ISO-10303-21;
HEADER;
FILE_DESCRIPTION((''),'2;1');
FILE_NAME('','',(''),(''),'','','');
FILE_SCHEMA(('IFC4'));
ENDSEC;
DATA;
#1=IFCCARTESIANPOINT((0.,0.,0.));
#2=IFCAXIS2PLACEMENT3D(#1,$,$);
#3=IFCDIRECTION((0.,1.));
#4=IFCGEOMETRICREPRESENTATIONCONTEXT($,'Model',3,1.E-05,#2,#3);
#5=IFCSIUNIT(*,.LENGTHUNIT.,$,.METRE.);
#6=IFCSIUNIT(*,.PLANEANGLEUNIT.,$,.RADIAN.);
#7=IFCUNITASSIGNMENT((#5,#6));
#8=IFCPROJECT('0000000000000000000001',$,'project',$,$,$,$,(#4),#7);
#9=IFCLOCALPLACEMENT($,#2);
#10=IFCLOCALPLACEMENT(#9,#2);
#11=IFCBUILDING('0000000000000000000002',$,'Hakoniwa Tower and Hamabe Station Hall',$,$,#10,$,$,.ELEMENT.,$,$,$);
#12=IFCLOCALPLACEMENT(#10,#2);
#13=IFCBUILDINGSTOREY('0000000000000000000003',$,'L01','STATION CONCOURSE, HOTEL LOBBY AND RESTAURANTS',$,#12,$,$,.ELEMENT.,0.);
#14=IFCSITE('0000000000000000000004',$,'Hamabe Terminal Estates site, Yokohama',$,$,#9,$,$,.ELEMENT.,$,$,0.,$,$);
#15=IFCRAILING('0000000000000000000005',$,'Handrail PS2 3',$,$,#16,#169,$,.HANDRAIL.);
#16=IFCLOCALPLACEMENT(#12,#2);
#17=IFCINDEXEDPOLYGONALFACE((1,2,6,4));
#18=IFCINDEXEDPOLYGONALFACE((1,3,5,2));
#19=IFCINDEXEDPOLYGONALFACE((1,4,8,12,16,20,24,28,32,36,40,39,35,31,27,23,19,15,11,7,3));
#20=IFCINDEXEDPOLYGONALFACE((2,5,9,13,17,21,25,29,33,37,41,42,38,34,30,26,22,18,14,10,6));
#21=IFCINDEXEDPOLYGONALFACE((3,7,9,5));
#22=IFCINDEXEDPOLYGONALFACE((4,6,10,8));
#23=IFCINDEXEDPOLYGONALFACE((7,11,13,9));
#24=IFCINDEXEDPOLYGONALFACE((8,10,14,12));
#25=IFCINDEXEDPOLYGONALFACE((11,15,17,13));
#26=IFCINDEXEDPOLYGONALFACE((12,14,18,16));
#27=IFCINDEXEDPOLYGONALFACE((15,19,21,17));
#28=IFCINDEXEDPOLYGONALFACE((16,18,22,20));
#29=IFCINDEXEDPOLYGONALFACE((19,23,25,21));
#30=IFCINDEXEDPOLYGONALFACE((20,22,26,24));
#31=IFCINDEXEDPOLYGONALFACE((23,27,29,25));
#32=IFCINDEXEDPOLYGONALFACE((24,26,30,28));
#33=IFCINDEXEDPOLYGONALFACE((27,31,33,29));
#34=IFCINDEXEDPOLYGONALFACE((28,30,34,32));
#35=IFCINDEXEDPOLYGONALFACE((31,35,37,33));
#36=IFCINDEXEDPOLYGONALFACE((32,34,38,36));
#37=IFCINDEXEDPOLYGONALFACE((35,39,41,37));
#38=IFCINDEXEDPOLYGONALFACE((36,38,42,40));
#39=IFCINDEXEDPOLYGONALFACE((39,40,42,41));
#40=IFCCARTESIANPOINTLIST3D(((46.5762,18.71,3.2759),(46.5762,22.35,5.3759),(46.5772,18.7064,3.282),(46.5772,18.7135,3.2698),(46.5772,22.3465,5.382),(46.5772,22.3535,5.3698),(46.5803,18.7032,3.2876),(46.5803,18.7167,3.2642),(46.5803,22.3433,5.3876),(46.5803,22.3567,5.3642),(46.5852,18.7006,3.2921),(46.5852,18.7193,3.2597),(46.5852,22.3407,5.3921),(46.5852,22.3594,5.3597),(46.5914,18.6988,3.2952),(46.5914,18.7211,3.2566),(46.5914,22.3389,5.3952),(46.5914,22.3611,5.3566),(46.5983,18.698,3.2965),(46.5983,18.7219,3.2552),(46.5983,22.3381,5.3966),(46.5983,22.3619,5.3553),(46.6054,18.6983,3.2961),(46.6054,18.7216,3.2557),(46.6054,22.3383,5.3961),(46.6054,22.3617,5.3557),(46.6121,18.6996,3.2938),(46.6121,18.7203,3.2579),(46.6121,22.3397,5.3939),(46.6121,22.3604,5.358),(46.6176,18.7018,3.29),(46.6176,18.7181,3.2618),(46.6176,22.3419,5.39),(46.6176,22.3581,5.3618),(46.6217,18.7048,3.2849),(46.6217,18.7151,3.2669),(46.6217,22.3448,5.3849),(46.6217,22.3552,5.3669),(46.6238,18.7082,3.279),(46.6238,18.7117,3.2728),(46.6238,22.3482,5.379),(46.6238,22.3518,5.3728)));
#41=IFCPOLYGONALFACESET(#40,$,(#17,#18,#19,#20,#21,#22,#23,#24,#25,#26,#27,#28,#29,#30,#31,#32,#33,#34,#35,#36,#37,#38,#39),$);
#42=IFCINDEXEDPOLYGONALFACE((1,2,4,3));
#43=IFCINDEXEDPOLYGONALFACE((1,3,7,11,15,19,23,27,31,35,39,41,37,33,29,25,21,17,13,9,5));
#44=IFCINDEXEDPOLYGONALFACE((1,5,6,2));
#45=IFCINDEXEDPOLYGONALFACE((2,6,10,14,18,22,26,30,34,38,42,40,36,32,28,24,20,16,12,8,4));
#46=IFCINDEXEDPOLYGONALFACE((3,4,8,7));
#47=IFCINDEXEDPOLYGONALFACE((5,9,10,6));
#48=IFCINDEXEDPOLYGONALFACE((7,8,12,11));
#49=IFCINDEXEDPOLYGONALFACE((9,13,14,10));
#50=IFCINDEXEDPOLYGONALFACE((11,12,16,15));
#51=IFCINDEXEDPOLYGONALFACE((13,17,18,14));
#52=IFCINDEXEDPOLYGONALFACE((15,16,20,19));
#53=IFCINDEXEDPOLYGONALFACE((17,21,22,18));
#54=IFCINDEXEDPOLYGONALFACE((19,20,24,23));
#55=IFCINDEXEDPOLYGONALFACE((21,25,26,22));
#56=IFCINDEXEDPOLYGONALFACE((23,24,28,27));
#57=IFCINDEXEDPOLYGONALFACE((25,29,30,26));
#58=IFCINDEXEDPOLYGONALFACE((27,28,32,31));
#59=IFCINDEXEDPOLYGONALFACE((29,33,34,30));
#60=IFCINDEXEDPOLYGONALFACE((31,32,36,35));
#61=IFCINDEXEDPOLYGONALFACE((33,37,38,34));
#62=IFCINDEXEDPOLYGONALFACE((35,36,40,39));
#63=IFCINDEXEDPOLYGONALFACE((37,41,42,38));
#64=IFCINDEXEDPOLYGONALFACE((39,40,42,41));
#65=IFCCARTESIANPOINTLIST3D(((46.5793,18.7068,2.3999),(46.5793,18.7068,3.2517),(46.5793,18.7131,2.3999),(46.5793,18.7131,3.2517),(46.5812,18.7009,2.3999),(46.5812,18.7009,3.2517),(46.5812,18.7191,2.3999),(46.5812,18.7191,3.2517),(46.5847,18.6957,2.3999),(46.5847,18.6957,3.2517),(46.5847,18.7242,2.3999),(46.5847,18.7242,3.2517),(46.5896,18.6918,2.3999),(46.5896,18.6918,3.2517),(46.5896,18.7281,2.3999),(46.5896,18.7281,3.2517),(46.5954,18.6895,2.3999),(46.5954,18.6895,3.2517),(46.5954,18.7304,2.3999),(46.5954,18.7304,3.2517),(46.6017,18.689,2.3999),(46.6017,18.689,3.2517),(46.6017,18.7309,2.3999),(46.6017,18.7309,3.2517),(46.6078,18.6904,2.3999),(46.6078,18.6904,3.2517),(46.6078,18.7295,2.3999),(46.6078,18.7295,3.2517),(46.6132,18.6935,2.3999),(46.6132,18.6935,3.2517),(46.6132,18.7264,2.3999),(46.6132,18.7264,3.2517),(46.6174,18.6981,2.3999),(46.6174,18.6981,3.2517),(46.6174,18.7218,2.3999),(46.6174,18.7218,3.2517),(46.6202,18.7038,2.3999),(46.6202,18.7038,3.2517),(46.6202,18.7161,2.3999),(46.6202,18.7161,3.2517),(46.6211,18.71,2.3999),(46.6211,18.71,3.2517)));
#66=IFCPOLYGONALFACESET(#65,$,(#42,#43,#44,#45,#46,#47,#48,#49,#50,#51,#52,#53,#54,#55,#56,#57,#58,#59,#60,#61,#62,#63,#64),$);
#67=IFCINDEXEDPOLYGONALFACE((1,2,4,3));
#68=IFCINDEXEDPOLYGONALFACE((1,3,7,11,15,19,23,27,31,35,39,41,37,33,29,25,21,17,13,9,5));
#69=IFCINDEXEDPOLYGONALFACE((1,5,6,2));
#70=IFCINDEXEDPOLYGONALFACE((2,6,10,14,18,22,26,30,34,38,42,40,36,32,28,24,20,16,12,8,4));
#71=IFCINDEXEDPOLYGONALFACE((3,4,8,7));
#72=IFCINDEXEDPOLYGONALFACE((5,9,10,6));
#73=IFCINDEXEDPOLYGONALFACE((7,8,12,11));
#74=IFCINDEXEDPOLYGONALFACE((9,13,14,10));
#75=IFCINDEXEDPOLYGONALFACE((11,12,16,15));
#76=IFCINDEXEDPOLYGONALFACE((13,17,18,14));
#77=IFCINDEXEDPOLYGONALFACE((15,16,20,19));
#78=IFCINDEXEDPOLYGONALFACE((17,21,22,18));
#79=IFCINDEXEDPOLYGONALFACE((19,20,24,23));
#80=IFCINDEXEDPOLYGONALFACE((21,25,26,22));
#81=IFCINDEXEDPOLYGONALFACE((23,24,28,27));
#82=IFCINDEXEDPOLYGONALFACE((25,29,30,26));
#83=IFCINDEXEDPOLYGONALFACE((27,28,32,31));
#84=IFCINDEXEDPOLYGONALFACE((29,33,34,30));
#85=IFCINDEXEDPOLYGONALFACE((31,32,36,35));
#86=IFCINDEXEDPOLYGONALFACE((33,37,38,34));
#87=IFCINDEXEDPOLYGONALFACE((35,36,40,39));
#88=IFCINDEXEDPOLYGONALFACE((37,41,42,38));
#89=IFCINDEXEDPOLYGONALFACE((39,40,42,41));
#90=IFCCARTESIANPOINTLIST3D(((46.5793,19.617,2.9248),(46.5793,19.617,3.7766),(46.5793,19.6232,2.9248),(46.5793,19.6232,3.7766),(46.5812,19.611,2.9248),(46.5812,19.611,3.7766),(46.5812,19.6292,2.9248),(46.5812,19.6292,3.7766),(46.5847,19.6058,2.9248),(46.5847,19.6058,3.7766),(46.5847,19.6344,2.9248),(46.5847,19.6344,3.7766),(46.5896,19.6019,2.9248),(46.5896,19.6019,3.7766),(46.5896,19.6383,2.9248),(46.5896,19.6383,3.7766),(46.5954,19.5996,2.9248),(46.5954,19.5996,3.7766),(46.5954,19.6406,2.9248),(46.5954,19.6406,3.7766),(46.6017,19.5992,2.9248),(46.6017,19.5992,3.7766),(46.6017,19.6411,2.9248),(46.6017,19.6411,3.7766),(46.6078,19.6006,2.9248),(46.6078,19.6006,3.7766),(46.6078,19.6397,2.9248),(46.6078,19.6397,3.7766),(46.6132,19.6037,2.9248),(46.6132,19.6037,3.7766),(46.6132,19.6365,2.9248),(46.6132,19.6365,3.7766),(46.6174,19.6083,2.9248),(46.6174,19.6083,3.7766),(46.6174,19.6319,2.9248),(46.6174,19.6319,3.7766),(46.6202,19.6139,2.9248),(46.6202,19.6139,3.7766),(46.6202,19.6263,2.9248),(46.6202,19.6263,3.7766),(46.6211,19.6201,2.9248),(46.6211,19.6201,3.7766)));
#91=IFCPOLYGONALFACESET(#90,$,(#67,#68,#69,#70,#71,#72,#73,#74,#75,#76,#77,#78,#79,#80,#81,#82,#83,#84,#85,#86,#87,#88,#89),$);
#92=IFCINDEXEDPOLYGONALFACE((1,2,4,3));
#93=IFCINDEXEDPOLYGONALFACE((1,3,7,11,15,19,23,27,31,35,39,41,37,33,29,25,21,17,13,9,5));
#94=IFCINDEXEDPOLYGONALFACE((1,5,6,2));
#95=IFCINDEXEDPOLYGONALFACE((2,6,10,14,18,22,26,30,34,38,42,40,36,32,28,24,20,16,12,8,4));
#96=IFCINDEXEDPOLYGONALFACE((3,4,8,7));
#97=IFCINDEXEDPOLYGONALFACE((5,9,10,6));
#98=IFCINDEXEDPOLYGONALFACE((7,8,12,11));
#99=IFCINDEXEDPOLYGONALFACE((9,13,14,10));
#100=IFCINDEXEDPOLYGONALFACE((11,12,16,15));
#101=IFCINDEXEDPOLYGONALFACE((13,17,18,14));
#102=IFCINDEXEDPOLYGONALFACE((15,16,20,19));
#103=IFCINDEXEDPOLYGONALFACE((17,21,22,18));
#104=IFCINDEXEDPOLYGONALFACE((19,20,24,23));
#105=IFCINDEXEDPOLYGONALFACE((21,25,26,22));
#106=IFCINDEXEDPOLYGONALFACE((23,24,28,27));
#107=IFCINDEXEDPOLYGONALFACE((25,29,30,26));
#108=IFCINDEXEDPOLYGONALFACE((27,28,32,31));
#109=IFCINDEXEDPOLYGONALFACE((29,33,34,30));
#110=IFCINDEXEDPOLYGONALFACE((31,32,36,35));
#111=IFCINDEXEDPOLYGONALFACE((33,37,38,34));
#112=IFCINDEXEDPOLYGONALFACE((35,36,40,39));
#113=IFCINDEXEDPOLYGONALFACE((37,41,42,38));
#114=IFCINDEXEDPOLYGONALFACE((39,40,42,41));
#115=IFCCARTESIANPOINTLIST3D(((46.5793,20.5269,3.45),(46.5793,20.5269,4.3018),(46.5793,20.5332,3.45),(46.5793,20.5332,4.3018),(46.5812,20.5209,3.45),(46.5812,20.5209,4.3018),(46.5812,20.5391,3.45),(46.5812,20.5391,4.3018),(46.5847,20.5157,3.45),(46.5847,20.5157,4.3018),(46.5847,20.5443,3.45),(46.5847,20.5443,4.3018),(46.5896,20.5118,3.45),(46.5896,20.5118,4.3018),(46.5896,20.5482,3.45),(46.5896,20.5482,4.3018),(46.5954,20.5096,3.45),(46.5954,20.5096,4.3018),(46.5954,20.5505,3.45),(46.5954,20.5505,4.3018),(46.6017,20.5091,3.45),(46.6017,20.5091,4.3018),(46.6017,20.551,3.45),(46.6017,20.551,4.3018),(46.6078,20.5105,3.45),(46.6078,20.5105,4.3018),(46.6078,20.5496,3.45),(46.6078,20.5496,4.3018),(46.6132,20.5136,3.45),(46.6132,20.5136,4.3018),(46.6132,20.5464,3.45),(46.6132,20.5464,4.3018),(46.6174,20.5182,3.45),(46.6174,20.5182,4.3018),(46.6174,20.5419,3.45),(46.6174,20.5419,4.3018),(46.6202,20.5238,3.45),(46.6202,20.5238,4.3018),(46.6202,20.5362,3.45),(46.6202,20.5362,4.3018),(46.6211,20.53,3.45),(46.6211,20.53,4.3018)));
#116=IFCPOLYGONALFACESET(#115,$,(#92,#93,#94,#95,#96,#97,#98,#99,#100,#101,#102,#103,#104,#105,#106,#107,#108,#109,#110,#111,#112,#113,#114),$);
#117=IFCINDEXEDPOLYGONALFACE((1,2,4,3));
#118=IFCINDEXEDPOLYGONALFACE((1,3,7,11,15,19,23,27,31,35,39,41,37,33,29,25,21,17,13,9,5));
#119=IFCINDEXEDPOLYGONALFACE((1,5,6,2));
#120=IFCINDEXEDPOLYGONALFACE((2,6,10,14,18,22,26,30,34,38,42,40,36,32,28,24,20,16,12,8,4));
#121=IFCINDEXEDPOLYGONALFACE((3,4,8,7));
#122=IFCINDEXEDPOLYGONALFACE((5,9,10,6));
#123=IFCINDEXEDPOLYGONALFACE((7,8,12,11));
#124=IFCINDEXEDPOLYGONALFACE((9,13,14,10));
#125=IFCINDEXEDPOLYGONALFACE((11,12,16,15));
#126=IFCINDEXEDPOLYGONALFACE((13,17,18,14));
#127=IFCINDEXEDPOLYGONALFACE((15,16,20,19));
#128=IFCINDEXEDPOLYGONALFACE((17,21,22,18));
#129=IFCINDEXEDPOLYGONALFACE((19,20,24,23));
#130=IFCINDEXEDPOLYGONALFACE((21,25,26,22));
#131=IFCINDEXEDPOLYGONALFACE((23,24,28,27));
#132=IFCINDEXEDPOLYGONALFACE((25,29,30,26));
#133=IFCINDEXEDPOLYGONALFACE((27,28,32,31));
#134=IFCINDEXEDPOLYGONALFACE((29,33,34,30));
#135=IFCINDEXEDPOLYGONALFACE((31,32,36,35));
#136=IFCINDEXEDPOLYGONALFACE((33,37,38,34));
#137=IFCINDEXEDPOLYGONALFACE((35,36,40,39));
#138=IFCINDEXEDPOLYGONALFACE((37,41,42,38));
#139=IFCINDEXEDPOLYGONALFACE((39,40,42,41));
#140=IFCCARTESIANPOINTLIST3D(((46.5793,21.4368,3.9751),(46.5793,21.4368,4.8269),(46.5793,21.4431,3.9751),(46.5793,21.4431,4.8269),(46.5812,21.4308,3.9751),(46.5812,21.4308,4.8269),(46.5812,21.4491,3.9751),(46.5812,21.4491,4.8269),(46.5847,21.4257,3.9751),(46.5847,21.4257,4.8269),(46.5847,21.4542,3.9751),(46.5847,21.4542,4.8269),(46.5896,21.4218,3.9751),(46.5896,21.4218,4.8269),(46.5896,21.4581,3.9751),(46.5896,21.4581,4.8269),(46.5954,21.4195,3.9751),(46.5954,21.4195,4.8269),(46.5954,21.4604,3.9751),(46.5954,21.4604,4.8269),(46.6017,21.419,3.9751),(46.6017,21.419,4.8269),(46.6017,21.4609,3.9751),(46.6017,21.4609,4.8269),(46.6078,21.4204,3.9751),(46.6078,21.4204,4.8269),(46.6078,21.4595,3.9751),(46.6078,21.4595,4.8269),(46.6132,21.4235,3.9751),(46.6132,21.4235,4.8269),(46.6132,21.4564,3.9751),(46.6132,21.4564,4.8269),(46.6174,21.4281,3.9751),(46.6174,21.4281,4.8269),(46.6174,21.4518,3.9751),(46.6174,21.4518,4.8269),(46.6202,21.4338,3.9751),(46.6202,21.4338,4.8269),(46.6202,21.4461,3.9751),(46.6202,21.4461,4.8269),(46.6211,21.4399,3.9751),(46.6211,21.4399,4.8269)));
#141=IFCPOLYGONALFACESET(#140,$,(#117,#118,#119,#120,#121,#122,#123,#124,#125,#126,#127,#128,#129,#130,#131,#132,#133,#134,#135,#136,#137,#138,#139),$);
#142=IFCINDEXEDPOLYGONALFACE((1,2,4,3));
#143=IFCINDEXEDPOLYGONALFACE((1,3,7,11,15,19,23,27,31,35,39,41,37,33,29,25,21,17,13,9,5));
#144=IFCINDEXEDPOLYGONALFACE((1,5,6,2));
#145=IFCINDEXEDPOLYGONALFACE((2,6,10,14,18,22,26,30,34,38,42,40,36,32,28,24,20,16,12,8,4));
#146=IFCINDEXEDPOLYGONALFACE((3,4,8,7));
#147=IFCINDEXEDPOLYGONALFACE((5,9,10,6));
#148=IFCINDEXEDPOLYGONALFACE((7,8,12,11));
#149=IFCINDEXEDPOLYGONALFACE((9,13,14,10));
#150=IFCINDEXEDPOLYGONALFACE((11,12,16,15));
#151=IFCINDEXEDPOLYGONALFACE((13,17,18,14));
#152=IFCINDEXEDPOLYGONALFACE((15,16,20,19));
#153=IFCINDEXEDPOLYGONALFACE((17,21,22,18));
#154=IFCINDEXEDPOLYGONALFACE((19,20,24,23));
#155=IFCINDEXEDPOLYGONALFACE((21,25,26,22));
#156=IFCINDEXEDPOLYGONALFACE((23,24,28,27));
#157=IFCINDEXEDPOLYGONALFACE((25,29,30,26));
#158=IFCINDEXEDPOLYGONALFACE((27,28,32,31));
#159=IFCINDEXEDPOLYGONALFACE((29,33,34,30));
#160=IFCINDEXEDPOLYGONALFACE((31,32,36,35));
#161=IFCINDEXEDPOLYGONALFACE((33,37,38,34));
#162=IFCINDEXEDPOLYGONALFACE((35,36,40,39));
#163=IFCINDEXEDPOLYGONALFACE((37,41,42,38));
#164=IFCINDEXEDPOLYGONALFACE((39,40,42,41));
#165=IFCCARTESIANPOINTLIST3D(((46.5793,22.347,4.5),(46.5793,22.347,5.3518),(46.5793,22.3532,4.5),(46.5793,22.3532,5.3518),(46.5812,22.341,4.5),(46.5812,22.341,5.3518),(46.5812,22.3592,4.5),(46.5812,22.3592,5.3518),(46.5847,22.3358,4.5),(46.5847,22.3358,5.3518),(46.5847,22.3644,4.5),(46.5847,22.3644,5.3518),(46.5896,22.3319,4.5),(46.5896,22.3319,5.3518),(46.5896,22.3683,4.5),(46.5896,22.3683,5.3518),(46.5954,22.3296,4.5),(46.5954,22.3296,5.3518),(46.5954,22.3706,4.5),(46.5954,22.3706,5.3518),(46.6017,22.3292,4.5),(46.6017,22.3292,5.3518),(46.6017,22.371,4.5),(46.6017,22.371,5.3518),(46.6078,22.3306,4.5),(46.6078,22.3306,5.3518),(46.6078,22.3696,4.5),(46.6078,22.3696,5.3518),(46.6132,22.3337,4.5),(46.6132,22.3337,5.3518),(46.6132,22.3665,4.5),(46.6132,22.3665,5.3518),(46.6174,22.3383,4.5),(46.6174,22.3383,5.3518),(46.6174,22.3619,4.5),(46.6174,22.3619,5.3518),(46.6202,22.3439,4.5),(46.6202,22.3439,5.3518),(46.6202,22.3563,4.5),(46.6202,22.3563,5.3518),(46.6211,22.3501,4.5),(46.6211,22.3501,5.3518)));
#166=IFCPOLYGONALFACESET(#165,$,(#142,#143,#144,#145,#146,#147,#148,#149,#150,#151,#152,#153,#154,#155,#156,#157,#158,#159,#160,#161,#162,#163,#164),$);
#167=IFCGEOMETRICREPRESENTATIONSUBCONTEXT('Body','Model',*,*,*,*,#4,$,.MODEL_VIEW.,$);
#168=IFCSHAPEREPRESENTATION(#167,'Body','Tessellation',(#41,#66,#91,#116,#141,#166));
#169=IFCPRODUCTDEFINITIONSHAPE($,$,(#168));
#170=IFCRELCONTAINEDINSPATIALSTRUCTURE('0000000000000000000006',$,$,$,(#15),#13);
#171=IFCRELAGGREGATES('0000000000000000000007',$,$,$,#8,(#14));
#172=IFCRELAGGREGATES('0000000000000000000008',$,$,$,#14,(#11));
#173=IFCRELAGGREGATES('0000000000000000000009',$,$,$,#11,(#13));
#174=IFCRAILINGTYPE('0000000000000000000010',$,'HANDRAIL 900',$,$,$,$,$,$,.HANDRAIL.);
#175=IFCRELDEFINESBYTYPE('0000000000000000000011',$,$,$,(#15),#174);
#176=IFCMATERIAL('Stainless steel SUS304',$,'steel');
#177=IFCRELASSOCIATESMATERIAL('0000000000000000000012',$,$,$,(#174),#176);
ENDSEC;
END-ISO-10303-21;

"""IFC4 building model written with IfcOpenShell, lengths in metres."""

from ifc_helpers import new_model, si_unit, direction, frame, origin, origin_2d, place, context, subcontext, project, spatial, circle, extrude, material, type_object, element, save


model = new_model("IFC4")

# Units and contexts
model_context = context("Model", 3, precision=1e-05, world=origin(), true_north=direction((0.0, 1.0)))
body_context = subcontext(model_context, "Body", "Model", "MODEL_VIEW")
ifc_project = project(units=[si_unit("LENGTHUNIT", "METRE"), si_unit("PLANEANGLEUNIT", "RADIAN")], contexts=[model_context])

# Site, building, storey
site_placement = place(None, origin())
site = spatial("IfcSite", under=ifc_project, at=site_placement, Name="Hamabe Terminal Estates site, Yokohama", CompositionType="ELEMENT", RefElevation=0.0)
building_placement = place(site_placement, origin())
building = spatial("IfcBuilding", under=site, at=building_placement, Name="Hakoniwa Tower and Hamabe Station Hall", CompositionType="ELEMENT")
storey_placement = place(building_placement, origin())
storey = spatial("IfcBuildingStorey", under=building, at=storey_placement, Name="L01", Description="STATION CONCOURSE, HOTEL LOBBY AND RESTAURANTS", CompositionType="ELEMENT", Elevation=0.0)

# Railing
ifc_material_1 = material(Name="Stainless steel SUS304", Category="steel")
railing_type_1 = type_object("IfcRailingType", Name="HANDRAIL 900", PredefinedType="HANDRAIL", material=ifc_material_1)
railing_1_placement = place(storey_placement, frame((46.6001, 18.71, 2.3999)))
element("IfcRailing", 1, at=railing_1_placement, inside=storey, type_object=railing_type_1, Name="Handrail PS2 3", PredefinedType="HANDRAIL", context=body_context, shape_type="SweptSolid", body=[
    extrude(circle(Radius=0.0239, at=origin_2d()), frame((0.0, 0.0, 0.876), z_axis=(0.0, 0.866184, 0.499726), x_axis=(-1.0, 0.0, 0.0)), (0.0, 0.0, 1.0), 4.2024),
    extrude(circle(Radius=0.021, at=origin_2d()), origin(), (0.0, 0.0, 1.0), 0.8518),
    extrude(circle(Radius=0.021, at=origin_2d()), frame((0.0, 0.9102, 0.5249)), (0.0, 0.0, 1.0), 0.8518),
    extrude(circle(Radius=0.021, at=origin_2d()), frame((0.0, 1.8201, 1.05)), (0.0, 0.0, 1.0), 0.8518),
    extrude(circle(Radius=0.021, at=origin_2d()), frame((0.0, 2.73, 1.5752)), (0.0, 0.0, 1.0), 0.8518),
    extrude(circle(Radius=0.021, at=origin_2d()), frame((0.0, 3.6401, 2.1001)), (0.0, 0.0, 1.0), 0.8518),
])

save(model, "model.ifc")
